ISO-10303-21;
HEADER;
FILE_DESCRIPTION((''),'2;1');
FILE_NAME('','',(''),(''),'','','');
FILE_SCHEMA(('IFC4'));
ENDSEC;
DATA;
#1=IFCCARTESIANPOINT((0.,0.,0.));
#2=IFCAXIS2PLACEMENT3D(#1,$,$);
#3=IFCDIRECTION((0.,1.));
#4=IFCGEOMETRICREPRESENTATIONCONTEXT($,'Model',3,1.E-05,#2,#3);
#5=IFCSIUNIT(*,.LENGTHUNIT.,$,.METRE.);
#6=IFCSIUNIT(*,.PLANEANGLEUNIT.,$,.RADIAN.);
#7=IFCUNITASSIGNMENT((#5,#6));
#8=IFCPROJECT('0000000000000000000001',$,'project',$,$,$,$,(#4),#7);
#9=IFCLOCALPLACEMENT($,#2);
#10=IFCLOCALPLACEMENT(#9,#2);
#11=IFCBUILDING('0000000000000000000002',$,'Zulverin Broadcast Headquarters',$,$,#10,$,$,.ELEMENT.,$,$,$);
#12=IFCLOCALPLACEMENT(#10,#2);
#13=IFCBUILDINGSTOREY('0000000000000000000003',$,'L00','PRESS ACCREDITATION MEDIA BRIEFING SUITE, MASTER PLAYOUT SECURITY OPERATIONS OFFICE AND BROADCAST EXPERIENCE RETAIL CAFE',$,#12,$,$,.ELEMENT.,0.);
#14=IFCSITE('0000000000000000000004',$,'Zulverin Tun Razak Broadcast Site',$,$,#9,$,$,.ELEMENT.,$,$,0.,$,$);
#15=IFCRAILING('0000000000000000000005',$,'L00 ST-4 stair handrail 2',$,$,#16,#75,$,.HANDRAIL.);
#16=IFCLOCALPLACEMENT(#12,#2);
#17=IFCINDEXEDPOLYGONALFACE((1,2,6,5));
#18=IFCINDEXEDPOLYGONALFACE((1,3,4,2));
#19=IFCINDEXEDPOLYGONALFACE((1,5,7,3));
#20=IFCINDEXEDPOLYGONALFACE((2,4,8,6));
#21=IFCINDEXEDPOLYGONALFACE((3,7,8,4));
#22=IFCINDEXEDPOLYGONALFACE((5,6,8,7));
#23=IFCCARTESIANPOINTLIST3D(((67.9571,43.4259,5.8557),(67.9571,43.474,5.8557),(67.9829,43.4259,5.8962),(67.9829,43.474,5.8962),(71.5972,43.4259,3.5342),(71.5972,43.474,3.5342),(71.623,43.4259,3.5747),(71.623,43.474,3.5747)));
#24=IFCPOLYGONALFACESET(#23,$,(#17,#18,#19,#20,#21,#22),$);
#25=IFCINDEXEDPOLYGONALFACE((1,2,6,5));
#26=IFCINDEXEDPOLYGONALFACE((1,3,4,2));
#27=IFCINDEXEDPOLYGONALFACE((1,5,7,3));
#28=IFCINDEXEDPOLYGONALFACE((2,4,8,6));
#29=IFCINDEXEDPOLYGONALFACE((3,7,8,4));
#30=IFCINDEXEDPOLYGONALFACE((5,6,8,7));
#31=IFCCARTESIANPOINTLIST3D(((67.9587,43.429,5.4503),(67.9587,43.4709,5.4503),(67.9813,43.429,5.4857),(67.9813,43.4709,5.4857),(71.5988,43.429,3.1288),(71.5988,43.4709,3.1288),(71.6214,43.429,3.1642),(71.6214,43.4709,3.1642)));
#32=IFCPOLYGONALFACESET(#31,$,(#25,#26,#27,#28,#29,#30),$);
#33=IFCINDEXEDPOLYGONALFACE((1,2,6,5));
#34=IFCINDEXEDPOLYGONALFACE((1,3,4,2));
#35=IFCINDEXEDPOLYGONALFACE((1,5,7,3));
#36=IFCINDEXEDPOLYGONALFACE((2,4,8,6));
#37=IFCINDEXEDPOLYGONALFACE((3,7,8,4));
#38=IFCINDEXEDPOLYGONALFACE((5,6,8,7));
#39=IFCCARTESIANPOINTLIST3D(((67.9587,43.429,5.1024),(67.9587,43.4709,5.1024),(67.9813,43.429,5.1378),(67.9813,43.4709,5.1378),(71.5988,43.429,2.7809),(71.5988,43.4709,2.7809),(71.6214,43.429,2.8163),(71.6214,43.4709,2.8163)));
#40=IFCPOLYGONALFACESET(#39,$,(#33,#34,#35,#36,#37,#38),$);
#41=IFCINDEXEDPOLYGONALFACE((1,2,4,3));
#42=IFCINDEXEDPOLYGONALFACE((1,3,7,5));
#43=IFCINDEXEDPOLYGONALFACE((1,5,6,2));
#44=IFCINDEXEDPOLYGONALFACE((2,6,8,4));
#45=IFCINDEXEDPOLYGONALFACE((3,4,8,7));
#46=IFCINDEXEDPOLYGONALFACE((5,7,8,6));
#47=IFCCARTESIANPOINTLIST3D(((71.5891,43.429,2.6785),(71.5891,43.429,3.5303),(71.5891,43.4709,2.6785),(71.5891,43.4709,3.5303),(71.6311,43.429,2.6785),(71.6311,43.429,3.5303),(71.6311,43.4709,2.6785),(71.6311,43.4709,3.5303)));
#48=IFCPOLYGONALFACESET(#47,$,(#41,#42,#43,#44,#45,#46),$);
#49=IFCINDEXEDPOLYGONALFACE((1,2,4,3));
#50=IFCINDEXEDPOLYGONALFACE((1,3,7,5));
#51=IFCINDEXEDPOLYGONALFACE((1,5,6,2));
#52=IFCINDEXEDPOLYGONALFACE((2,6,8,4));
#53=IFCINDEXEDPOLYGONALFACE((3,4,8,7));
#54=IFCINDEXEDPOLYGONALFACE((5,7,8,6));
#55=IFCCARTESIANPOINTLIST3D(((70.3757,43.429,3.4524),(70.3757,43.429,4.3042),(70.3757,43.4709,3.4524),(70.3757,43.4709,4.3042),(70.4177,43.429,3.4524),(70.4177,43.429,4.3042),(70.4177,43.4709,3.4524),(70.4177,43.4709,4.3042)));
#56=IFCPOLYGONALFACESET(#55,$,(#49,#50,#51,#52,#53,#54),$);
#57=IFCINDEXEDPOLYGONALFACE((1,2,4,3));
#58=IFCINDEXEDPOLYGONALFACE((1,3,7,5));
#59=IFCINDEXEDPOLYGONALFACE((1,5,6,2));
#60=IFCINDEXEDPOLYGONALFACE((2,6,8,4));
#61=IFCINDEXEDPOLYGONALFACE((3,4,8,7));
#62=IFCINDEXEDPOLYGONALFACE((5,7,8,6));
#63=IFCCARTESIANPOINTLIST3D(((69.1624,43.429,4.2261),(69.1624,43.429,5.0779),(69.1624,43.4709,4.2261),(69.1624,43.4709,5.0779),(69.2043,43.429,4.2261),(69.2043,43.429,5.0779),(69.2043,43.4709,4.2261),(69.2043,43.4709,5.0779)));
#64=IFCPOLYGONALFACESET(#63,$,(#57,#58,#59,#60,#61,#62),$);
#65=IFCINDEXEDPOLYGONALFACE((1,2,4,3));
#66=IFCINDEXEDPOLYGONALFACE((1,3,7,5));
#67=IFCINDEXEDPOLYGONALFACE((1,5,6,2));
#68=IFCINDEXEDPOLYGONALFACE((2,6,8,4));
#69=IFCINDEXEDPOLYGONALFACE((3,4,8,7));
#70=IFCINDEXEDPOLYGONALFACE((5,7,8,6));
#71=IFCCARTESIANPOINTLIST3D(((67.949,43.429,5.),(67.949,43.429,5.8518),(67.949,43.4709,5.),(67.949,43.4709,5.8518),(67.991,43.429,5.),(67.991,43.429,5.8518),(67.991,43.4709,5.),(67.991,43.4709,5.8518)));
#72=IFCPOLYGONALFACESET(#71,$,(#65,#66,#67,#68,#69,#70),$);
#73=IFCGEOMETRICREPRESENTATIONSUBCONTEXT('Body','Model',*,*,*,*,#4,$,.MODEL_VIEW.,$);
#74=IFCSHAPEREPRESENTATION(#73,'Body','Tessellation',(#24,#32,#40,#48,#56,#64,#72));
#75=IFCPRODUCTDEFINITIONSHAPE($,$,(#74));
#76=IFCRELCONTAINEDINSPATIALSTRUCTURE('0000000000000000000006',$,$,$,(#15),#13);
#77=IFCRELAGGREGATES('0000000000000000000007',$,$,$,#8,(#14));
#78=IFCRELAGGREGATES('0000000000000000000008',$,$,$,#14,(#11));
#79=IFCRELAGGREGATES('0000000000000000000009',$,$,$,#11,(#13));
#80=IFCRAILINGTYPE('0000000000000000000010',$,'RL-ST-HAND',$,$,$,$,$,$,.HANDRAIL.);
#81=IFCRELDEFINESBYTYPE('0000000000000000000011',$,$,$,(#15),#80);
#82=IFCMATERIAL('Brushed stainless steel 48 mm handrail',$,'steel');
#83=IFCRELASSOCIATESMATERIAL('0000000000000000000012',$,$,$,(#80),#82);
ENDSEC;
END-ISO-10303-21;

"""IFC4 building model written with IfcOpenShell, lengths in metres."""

from ifc_helpers import new_model, si_unit, direction, frame, origin, origin_2d, place, context, subcontext, project, spatial, rectangle, extrude, material, type_object, element, save


model = new_model("IFC4")

# Units and contexts
model_context = context("Model", 3, precision=1e-05, world=origin(), true_north=direction((0.0, 1.0)))
body_context = subcontext(model_context, "Body", "Model", "MODEL_VIEW")
ifc_project = project(units=[si_unit("LENGTHUNIT", "METRE"), si_unit("PLANEANGLEUNIT", "RADIAN")], contexts=[model_context])

# Site, building, storey
site_placement = place(None, origin())
site = spatial("IfcSite", under=ifc_project, at=site_placement, Name="Zulverin Tun Razak Broadcast Site", CompositionType="ELEMENT", RefElevation=0.0)
building_placement = place(site_placement, origin())
building = spatial("IfcBuilding", under=site, at=building_placement, Name="Zulverin Broadcast Headquarters", CompositionType="ELEMENT")
storey_placement = place(building_placement, origin())
storey = spatial("IfcBuildingStorey", under=building, at=storey_placement, Name="L00", Description="PRESS ACCREDITATION MEDIA BRIEFING SUITE, MASTER PLAYOUT SECURITY OPERATIONS OFFICE AND BROADCAST EXPERIENCE RETAIL CAFE", CompositionType="ELEMENT", Elevation=0.0)

# Railing
ifc_material_1 = material(Name="Brushed stainless steel 48 mm handrail", Category="steel")
railing_type_1 = type_object("IfcRailingType", Name="RL-ST-HAND", PredefinedType="HANDRAIL", material=ifc_material_1)
railing_1_placement = place(storey_placement, frame((71.6101, 43.45, 2.6785)))
element("IfcRailing", 1, at=railing_1_placement, inside=storey, type_object=railing_type_1, Name="L00 ST-4 stair handrail 2", PredefinedType="HANDRAIL", context=body_context, shape_type="SweptSolid", body=[
    extrude(rectangle(XDim=0.0481, YDim=0.0481, at=origin_2d()), frame((0.0, 0.0, 0.876), z_axis=(-0.843128, 0.0, 0.537713), x_axis=(0.0, -1.0, 0.0)), (0.0, 0.0, 1.0), 4.3174),
    extrude(rectangle(XDim=0.042, YDim=0.042, at=origin_2d()), frame((0.0, 0.0, 0.468), z_axis=(-0.843128, 0.0, 0.537713), x_axis=(0.0, -1.0, 0.0)), (0.0, 0.0, 1.0), 4.3174),
    extrude(rectangle(XDim=0.042, YDim=0.042, at=origin_2d()), frame((0.0, 0.0, 0.1201), z_axis=(-0.843128, 0.0, 0.537713), x_axis=(0.0, -1.0, 0.0)), (0.0, 0.0, 1.0), 4.3174),
    extrude(rectangle(XDim=0.042, YDim=0.042, at=origin_2d()), origin(), (0.0, 0.0, 1.0), 0.8518),
    extrude(rectangle(XDim=0.042, YDim=0.042, at=origin_2d()), frame((-1.2134, 0.0, 0.7739)), (0.0, 0.0, 1.0), 0.8518),
    extrude(rectangle(XDim=0.042, YDim=0.042, at=origin_2d()), frame((-2.4268, 0.0, 1.5476)), (0.0, 0.0, 1.0), 0.8518),
    extrude(rectangle(XDim=0.042, YDim=0.042, at=origin_2d()), frame((-3.6401, 0.0, 2.3215)), (0.0, 0.0, 1.0), 0.8518),
])

save(model, "model.ifc")
